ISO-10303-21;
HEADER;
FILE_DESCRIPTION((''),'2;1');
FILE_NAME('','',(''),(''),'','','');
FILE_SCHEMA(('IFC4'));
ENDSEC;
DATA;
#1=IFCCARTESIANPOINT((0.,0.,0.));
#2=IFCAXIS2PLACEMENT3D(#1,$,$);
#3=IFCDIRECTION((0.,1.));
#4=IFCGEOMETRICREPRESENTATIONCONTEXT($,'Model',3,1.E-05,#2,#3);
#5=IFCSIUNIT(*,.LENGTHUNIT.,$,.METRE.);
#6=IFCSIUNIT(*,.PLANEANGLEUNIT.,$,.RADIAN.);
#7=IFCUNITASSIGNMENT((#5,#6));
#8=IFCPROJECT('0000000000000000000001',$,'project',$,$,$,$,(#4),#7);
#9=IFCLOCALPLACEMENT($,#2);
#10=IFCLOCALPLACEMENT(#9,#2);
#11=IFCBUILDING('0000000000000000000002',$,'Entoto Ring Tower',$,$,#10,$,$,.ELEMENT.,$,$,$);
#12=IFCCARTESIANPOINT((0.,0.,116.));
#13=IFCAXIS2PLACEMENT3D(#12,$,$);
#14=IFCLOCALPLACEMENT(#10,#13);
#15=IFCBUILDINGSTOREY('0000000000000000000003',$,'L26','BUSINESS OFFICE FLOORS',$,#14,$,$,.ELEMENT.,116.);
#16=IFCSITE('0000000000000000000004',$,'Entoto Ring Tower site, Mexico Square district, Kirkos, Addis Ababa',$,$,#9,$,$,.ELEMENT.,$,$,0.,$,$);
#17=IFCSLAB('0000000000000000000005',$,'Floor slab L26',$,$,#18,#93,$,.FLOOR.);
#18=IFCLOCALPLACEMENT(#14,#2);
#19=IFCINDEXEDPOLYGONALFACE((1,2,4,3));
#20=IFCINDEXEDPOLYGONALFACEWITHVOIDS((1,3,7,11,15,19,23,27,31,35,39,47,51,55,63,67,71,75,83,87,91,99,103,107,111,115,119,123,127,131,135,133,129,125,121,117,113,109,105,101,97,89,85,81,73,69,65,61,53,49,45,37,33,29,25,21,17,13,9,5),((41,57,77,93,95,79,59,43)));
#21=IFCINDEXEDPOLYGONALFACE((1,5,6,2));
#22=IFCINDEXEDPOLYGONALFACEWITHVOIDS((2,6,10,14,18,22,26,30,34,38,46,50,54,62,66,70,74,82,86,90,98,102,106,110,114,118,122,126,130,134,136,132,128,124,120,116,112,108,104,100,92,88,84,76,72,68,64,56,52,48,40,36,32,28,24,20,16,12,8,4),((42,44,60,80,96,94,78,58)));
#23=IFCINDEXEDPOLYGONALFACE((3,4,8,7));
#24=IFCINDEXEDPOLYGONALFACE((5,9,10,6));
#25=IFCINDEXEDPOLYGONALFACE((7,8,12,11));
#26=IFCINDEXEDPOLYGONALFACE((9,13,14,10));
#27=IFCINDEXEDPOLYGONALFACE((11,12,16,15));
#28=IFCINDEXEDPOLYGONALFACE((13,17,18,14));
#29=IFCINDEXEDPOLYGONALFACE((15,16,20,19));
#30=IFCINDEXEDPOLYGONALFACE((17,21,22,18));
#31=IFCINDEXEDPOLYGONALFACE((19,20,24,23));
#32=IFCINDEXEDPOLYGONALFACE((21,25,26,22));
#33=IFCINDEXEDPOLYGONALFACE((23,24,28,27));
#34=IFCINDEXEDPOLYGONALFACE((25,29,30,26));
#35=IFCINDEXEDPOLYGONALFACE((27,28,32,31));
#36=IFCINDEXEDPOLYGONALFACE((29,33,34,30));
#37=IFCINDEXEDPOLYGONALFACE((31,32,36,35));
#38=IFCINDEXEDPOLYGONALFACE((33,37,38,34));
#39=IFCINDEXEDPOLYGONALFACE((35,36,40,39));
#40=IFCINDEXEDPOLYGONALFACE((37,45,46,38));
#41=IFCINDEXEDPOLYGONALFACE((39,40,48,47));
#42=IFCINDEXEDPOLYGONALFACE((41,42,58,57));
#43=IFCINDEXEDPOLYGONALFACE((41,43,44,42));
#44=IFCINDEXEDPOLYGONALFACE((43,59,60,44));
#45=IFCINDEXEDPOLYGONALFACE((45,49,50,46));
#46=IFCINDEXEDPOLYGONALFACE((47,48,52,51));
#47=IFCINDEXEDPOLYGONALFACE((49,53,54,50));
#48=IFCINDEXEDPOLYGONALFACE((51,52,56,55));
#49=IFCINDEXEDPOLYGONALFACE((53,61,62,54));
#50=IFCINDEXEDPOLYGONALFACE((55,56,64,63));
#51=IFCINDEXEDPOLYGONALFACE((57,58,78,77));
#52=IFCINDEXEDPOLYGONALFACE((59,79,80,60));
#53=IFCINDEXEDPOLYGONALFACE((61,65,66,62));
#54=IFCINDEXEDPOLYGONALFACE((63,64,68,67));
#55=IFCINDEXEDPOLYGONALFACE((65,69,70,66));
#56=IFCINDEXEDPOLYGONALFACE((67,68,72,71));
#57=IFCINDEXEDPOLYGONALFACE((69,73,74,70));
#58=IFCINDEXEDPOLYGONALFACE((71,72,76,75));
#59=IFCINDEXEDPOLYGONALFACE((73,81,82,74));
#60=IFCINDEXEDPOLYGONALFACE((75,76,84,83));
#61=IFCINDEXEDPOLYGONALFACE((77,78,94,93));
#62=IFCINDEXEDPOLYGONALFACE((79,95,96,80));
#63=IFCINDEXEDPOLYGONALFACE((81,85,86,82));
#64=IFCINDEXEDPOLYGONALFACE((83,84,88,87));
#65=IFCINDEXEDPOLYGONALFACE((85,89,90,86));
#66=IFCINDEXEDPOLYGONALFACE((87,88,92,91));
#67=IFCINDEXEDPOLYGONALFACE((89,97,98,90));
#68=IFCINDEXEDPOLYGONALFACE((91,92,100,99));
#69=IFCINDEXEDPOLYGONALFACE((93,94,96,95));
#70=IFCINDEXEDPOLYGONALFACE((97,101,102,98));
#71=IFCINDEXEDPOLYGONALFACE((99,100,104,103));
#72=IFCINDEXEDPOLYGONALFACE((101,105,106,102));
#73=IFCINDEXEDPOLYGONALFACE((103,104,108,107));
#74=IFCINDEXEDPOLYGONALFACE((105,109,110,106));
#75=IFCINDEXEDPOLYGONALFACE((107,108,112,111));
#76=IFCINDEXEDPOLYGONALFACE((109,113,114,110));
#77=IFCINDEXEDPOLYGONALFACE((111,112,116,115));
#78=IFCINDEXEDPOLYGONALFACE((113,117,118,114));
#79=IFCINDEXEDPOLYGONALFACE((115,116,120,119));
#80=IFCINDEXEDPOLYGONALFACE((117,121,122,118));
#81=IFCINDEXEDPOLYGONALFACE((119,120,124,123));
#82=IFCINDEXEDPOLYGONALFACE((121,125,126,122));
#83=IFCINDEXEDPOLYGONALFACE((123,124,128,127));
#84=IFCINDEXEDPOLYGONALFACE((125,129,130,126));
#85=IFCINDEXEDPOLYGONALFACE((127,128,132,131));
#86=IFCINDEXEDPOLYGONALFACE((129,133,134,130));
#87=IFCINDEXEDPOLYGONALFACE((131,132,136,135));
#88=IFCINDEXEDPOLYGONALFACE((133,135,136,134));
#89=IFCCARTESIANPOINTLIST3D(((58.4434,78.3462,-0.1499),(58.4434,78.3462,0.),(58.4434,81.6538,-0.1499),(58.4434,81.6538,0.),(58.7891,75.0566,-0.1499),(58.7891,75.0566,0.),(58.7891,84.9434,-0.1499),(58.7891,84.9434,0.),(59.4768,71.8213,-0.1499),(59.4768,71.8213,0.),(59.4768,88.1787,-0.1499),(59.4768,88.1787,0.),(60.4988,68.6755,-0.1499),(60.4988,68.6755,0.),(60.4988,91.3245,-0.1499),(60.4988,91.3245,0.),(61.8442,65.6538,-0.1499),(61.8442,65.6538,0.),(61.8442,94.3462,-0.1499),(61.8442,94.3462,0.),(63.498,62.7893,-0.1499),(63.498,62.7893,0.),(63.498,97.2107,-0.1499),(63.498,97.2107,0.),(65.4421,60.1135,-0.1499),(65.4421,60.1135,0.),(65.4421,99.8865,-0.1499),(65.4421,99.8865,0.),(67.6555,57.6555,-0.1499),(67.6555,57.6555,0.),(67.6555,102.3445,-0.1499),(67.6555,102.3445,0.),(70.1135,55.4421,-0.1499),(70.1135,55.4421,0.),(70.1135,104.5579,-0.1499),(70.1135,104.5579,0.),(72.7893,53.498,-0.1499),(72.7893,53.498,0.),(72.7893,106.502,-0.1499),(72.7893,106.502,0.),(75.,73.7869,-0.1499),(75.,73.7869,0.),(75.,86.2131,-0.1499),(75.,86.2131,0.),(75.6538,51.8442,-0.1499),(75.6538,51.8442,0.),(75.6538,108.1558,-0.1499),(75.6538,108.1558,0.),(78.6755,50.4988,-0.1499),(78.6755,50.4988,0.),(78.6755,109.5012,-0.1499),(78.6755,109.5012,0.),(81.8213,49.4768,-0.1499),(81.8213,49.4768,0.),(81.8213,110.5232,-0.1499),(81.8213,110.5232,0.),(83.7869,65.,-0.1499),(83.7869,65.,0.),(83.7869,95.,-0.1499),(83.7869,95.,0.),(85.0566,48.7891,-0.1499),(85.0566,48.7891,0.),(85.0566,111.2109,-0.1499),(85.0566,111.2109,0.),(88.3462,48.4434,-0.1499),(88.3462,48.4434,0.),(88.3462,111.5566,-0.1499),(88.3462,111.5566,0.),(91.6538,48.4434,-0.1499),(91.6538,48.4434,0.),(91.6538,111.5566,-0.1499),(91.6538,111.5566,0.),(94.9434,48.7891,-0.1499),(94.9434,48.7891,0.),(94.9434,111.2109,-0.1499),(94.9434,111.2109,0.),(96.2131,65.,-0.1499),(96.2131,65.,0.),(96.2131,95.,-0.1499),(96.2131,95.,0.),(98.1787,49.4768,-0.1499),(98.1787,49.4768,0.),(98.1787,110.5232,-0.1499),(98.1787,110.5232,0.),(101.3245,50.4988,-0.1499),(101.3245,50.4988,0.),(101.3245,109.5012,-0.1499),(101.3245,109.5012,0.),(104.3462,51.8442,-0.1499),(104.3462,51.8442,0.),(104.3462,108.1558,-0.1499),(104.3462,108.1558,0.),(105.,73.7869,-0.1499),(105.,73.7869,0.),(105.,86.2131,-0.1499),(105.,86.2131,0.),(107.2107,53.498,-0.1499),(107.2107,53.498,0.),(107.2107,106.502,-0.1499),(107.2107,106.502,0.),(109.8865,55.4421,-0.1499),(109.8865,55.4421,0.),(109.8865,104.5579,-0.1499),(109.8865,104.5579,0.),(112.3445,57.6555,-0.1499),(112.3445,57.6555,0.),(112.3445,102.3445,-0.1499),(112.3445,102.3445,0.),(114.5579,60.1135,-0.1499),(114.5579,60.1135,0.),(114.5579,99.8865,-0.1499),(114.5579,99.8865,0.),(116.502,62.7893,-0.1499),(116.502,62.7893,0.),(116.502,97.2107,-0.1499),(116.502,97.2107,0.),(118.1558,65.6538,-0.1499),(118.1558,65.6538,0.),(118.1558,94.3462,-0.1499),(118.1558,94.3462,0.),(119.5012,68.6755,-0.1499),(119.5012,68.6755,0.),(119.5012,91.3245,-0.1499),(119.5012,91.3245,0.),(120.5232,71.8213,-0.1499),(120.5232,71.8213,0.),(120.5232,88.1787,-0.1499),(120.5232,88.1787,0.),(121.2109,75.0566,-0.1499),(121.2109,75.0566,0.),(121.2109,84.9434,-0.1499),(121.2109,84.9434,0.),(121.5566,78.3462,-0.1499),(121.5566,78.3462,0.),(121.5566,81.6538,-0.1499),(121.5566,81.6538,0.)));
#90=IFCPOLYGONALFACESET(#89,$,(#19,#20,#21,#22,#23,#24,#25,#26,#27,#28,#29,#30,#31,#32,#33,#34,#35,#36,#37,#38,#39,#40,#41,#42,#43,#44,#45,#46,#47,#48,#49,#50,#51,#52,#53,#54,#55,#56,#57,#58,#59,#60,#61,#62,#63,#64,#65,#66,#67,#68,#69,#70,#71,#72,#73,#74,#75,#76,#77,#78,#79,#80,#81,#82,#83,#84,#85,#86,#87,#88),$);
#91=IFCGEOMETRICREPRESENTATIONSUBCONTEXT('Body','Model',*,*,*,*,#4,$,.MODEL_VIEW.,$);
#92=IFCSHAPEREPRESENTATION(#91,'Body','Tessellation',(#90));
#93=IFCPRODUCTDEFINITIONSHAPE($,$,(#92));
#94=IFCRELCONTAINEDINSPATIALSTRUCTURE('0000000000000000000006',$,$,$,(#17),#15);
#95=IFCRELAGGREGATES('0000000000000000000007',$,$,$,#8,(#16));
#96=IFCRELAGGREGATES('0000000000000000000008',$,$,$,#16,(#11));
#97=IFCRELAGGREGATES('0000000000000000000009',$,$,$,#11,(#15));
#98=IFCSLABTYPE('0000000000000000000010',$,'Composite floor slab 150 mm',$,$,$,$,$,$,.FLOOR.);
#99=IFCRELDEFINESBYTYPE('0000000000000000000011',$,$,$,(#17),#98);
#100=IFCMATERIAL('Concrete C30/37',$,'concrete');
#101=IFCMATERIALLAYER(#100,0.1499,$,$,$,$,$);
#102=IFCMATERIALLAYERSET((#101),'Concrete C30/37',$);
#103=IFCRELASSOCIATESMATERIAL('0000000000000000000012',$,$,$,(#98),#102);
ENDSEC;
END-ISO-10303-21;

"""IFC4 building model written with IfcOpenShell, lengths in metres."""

from ifc_helpers import new_model, si_unit, direction, frame, origin, place, context, subcontext, project, spatial, polyline, outline, extrude, material, layer, layer_set, type_object, element, save


model = new_model("IFC4")

# Units and contexts
model_context = context("Model", 3, precision=1e-05, world=origin(), true_north=direction((0.0, 1.0)))
body_context = subcontext(model_context, "Body", "Model", "MODEL_VIEW")
ifc_project = project(units=[si_unit("LENGTHUNIT", "METRE"), si_unit("PLANEANGLEUNIT", "RADIAN")], contexts=[model_context])

# Site, building, storey
site_placement = place(None, origin())
building_placement = place(site_placement, origin())
storey_placement = place(building_placement, frame((0.0, 0.0, 116.0)))
site = spatial("IfcSite", under=ifc_project, at=site_placement, Name="Entoto Ring Tower site, Mexico Square district, Kirkos, Addis Ababa", CompositionType="ELEMENT", RefElevation=0.0)
building = spatial("IfcBuilding", under=site, at=building_placement, Name="Entoto Ring Tower", CompositionType="ELEMENT")
storey = spatial("IfcBuildingStorey", under=building, at=storey_placement, Name="L26", Description="BUSINESS OFFICE FLOORS", CompositionType="ELEMENT", Elevation=116.0)

# Slab
ifc_material_1 = material(Name="Concrete C30/37", Category="concrete")
ifc_layer_1 = layer(ifc_material_1, 0.1499)
ifc_layer_set_1 = layer_set([ifc_layer_1], Name="Concrete C30/37")
slab_type = type_object("IfcSlabType", Name="Composite floor slab 150 mm", PredefinedType="FLOOR", material=ifc_layer_set_1)
slab_placement = place(storey_placement, frame((0.0, 0.0, -0.1499)))
element("IfcSlab", 1, at=slab_placement, inside=storey, type_object=slab_type, Name="Floor slab L26", PredefinedType="FLOOR", context=body_context, shape_type="SweptSolid", body=[
    extrude(outline(polyline([(121.2109, 84.9434), (120.5232, 88.1787), (119.5012, 91.3245), (118.1558, 94.3462), (116.502, 97.2107), (114.5579, 99.8865), (112.3445, 102.3445), (109.8865, 104.5579), (107.2107, 106.502), (104.3462, 108.1558), (101.3245, 109.5012), (98.1787, 110.5232), (94.9434, 111.2109), (91.6538, 111.5566), (88.3462, 111.5566), (85.0566, 111.2109), (81.8213, 110.5232), (78.6755, 109.5012), (75.6538, 108.1558), (72.7893, 106.502), (70.1135, 104.5579), (67.6555, 102.3445), (65.4421, 99.8865), (63.498, 97.2107), (61.8442, 94.3462), (60.4988, 91.3245), (59.4768, 88.1787), (58.7891, 84.9434), (58.4434, 81.6538), (58.4434, 78.3462), (58.7891, 75.0566), (59.4768, 71.8213), (60.4988, 68.6755), (61.8442, 65.6538), (63.498, 62.7893), (65.4421, 60.1135), (67.6555, 57.6555), (70.1135, 55.4421), (72.7893, 53.498), (75.6538, 51.8442), (78.6755, 50.4988), (81.8213, 49.4768), (85.0566, 48.7891), (88.3462, 48.4434), (91.6538, 48.4434), (94.9434, 48.7891), (98.1787, 49.4768), (101.3245, 50.4988), (104.3462, 51.8442), (107.2107, 53.498), (109.8865, 55.4421), (112.3445, 57.6555), (114.5579, 60.1135), (116.502, 62.7893), (118.1558, 65.6538), (119.5012, 68.6755), (120.5232, 71.8213), (121.2109, 75.0566), (121.5566, 78.3462), (121.5566, 81.6538), (121.2109, 84.9434)]), holes=[polyline([(105.0, 73.7869), (105.0, 86.2131), (96.2131, 95.0), (83.7869, 95.0), (75.0, 86.2131), (75.0, 73.7869), (83.7869, 65.0), (96.2131, 65.0), (105.0, 73.7869)])]), origin(), (0.0, 0.0, 1.0), 0.1499),
])

save(model, "model.ifc")
